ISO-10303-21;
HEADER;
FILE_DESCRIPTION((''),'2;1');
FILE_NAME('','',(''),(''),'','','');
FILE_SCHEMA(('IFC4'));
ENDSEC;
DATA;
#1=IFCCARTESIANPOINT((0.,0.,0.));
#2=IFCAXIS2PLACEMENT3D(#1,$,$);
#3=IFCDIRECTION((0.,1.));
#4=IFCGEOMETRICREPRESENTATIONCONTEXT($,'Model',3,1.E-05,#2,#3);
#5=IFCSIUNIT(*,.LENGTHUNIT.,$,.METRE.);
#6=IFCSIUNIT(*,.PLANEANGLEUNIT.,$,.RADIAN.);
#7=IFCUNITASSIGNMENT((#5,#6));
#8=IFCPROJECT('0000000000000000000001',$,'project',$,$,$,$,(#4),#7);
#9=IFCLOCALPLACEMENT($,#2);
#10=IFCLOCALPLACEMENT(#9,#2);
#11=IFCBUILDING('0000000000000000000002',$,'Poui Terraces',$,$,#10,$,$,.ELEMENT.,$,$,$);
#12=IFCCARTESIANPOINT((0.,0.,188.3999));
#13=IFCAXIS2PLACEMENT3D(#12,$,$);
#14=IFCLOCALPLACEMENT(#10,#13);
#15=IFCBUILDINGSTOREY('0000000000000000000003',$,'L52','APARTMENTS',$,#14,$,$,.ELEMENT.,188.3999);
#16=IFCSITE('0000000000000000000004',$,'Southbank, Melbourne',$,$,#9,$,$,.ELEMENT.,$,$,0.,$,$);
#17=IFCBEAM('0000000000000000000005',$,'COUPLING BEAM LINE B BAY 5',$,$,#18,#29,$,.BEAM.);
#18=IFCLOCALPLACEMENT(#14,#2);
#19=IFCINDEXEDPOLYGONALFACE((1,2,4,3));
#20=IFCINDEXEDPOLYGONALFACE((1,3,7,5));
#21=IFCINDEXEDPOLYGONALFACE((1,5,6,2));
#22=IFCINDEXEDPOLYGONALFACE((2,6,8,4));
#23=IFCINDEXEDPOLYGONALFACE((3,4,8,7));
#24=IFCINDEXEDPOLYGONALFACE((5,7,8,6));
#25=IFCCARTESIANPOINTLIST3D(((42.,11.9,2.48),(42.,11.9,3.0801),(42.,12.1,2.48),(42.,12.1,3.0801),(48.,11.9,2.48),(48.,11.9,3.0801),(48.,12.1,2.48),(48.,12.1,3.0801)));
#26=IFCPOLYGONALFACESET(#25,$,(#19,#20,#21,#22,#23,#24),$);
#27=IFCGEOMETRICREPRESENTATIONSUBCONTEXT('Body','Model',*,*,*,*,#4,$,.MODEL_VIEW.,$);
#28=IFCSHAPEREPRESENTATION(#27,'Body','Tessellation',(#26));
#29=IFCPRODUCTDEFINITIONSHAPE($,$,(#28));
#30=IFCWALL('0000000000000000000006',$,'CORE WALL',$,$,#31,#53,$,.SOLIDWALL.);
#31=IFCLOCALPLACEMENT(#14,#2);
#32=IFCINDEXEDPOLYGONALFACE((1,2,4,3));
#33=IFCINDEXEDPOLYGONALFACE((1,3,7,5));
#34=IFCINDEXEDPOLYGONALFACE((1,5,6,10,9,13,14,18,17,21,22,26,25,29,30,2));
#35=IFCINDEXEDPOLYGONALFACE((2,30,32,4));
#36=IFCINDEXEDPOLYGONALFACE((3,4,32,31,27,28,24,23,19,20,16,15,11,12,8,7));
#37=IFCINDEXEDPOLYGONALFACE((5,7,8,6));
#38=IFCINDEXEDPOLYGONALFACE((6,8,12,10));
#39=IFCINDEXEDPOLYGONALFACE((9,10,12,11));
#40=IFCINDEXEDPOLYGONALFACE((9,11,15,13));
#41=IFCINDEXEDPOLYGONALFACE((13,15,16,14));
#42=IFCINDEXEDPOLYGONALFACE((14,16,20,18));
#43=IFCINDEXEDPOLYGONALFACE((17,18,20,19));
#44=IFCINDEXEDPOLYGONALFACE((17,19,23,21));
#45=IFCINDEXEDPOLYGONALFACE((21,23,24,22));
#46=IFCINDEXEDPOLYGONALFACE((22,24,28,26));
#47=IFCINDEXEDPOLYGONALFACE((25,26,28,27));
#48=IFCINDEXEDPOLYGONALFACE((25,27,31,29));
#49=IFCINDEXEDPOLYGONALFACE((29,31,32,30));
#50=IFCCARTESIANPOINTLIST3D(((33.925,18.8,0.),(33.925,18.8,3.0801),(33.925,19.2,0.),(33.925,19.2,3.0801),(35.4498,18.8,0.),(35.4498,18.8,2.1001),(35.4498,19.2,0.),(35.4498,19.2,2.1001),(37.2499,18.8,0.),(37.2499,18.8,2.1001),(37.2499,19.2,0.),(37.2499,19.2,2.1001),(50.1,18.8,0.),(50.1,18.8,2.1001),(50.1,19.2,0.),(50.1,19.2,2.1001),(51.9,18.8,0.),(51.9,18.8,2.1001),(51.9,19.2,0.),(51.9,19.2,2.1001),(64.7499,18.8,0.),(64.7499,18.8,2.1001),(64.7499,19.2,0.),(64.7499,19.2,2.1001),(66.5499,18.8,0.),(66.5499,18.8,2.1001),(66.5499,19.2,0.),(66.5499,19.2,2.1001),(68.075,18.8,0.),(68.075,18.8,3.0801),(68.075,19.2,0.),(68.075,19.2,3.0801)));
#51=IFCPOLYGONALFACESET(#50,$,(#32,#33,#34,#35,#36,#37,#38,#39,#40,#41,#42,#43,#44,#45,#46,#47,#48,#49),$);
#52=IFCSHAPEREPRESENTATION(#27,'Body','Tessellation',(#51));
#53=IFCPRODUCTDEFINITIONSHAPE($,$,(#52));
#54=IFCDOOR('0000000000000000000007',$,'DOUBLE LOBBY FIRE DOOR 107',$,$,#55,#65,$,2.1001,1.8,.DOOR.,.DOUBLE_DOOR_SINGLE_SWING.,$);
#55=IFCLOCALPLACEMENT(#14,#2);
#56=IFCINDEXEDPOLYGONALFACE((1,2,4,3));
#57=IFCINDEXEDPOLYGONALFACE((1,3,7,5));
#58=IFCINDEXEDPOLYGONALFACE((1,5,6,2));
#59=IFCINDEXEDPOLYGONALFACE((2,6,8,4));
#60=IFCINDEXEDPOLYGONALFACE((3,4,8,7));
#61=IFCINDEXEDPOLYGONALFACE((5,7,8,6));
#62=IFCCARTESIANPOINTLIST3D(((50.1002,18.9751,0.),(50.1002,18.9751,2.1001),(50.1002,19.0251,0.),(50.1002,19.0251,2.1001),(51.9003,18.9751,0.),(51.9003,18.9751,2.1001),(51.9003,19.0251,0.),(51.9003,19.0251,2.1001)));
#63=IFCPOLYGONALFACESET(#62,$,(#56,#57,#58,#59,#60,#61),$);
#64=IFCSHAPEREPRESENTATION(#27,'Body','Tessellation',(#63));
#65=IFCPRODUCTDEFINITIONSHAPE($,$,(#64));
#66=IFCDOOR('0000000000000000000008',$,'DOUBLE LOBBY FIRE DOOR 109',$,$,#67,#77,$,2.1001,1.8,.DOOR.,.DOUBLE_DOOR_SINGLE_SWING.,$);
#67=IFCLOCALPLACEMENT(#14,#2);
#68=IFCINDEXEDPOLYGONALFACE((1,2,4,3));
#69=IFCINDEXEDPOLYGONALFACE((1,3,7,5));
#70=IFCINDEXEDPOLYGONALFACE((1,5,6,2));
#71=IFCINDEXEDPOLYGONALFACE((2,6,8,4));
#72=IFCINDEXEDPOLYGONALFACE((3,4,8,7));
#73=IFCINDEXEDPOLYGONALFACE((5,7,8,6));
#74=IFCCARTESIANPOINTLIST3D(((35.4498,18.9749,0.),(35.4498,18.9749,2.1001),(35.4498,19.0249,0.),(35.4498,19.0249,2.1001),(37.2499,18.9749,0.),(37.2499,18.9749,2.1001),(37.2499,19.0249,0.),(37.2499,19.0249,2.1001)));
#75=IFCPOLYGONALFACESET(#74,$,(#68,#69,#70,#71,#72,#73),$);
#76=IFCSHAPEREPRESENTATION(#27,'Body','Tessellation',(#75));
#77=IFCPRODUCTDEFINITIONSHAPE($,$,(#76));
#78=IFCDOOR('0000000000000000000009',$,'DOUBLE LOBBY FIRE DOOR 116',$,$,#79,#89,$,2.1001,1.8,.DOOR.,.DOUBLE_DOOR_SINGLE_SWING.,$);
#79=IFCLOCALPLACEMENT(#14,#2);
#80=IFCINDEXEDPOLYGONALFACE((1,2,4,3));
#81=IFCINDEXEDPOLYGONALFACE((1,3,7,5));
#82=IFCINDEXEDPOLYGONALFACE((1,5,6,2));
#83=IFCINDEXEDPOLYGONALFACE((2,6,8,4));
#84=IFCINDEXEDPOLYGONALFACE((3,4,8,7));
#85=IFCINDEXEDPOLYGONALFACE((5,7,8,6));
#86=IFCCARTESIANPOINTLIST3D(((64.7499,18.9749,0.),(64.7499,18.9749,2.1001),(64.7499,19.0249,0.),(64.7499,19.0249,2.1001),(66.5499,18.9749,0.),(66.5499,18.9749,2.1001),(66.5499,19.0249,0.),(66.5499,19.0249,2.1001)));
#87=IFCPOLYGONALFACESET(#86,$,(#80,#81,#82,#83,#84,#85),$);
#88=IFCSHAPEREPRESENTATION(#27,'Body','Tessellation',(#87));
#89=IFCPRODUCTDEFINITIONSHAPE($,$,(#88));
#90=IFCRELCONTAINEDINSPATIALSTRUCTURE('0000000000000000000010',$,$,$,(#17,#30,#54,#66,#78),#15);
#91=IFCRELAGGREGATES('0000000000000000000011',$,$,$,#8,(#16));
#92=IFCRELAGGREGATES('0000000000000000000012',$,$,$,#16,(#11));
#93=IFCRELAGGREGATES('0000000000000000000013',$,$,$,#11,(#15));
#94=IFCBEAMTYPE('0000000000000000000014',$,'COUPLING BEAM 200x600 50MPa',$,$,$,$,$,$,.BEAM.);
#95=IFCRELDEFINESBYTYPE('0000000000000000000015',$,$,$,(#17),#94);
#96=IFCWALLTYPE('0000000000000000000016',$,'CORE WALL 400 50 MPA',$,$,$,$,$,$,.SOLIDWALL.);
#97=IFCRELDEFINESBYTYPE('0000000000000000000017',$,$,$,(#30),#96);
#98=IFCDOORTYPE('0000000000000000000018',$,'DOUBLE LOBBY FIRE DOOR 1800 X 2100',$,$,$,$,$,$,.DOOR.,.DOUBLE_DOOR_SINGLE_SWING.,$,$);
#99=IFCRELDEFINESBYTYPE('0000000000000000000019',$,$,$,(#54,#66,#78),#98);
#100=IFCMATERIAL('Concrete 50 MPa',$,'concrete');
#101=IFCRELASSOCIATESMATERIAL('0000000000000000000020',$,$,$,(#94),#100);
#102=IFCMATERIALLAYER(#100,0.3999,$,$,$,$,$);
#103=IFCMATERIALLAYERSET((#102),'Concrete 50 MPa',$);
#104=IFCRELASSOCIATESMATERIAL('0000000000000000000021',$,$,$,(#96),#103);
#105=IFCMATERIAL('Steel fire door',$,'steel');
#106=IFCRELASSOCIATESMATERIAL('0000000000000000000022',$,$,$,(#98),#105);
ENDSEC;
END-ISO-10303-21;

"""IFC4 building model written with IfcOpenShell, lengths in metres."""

from ifc_helpers import new_model, si_unit, direction, frame, frame_2d, origin, origin_2d, place, context, subcontext, project, spatial, rectangle, extrude, source, transform, mapped, material, layer, layer_set, material_profile, profile_set, type_object, element, fill, save


model = new_model("IFC4")

# Units and contexts
model_context = context("Model", 3, precision=1e-05, world=origin(), true_north=direction((0.0, 1.0)))
body_context = subcontext(model_context, "Body", "Model", "MODEL_VIEW")
ifc_project = project(units=[si_unit("LENGTHUNIT", "METRE"), si_unit("PLANEANGLEUNIT", "RADIAN")], contexts=[model_context])

# Site, building, storey
site_placement = place(None, origin())
site = spatial("IfcSite", under=ifc_project, at=site_placement, Name="Southbank, Melbourne", CompositionType="ELEMENT", RefElevation=0.0)
building_placement = place(site_placement, origin())
building = spatial("IfcBuilding", under=site, at=building_placement, Name="Poui Terraces", CompositionType="ELEMENT")
storey_placement = place(building_placement, frame((0.0, 0.0, 188.3999)))
storey = spatial("IfcBuildingStorey", under=building, at=storey_placement, Name="L52", Description="APARTMENTS", CompositionType="ELEMENT", Elevation=188.3999)

# Beam
ifc_material_1 = material(Name="Concrete 50 MPa", Category="concrete")
ifc_material_profile = material_profile(ifc_material_1, rectangle(XDim=0.2, YDim=0.6001, at=origin_2d()), Name="RC 200x600")
ifc_profile_set = profile_set([ifc_material_profile], Name="Concrete 50 MPa")
beam_type = type_object("IfcBeamType", Name="COUPLING BEAM 200x600 50MPa", PredefinedType="BEAM", material=ifc_profile_set)
shared_shape = source(origin(), body_context, "Body", "SweptSolid", [
    extrude(rectangle(XDim=0.2, YDim=0.6001, at=origin_2d()), origin(), (0.0, 0.0, 1.0), 6.0),
])
beam_placement = place(storey_placement, frame((42.0, 12.0, 2.78), z_axis=(1.0, 0.0, 0.0), x_axis=(0.0, 1.0, 0.0)))
element("IfcBeam", 1, at=beam_placement, inside=storey, type_object=beam_type, Name="COUPLING BEAM LINE B BAY 5", PredefinedType="BEAM", context=body_context, shape_type="MappedRepresentation", body=[
    mapped(shared_shape, transform((0.0, 0.0, 0.0))),
])

# Wall, openings, doors
ifc_layer_1 = layer(ifc_material_1, 0.3999)
ifc_layer_set_1 = layer_set([ifc_layer_1], Name="Concrete 50 MPa")
wall_type_1 = type_object("IfcWallType", Name="CORE WALL 400 50 MPA", PredefinedType="SOLIDWALL", material=ifc_layer_set_1)
wall_1_placement = place(storey_placement, frame((33.925, 19.0, 0.0), z_axis=(0.0, 0.0, 1.0), x_axis=(1.0, 0.0, 0.0)))
wall_1 = element("IfcWall", 2, at=wall_1_placement, inside=storey, type_object=wall_type_1, Name="CORE WALL", PredefinedType="SOLIDWALL", context=body_context, shape_type="SweptSolid", body=[
    extrude(rectangle(XDim=34.1499, YDim=0.3999, at=frame_2d((17.075, 0.0))), origin(), (0.0, 0.0, 1.0), 3.0801),
])
opening_1_placement = place(wall_1_placement, frame((16.175, 0.0, 0.0)))
opening_1 = element("IfcOpeningElement", 3, at=opening_1_placement, cuts=wall_1, PredefinedType="OPENING", context=body_context, shape_type="SweptSolid", body=[
    extrude(rectangle(XDim=1.8, YDim=2.1001, at=frame_2d((0.8999, 1.05))), frame((0.0, 0.21, 0.0), z_axis=(0.0, -1.0, 0.0), x_axis=(1.0, 0.0, 0.0)), (0.0, 0.0, 1.0), 0.4199),
])
opening_2_placement = place(wall_1_placement, frame((1.5249, 0.0, 0.0)))
opening_2 = element("IfcOpeningElement", 4, at=opening_2_placement, cuts=wall_1, PredefinedType="OPENING", context=body_context, shape_type="SweptSolid", body=[
    extrude(rectangle(XDim=1.8, YDim=2.1001, at=frame_2d((0.8999, 1.05))), frame((0.0, 0.21, 0.0), z_axis=(0.0, -1.0, 0.0), x_axis=(1.0, 0.0, 0.0)), (0.0, 0.0, 1.0), 0.4199),
])
opening_3_placement = place(wall_1_placement, frame((30.825, 0.0, 0.0)))
opening_3 = element("IfcOpeningElement", 5, at=opening_3_placement, cuts=wall_1, PredefinedType="OPENING", context=body_context, shape_type="SweptSolid", body=[
    extrude(rectangle(XDim=1.8, YDim=2.1001, at=frame_2d((0.8999, 1.05))), frame((0.0, 0.21, 0.0), z_axis=(0.0, -1.0, 0.0), x_axis=(1.0, 0.0, 0.0)), (0.0, 0.0, 1.0), 0.4199),
])
ifc_material_2 = material(Name="Steel fire door", Category="steel")
door_type_1 = type_object("IfcDoorType", Name="DOUBLE LOBBY FIRE DOOR 1800 X 2100", OperationType="DOUBLE_DOOR_SINGLE_SWING", PredefinedType="DOOR", material=ifc_material_2)
door_1_placement = place(opening_1_placement, frame((1.8, 0.0, 0.0), z_axis=(0.0, 0.0, 1.0), x_axis=(-1.0, 0.0, 0.0)))
door_1 = element("IfcDoor", 6, at=door_1_placement, inside=storey, type_object=door_type_1, Name="DOUBLE LOBBY FIRE DOOR 107", OperationType="DOUBLE_DOOR_SINGLE_SWING", OverallHeight=2.1001, OverallWidth=1.8, PredefinedType="DOOR", context=body_context, shape_type="SweptSolid", body=[
    extrude(rectangle(XDim=1.8, YDim=2.1001, at=frame_2d((0.8999, 1.05))), frame((0.0, 0.0249, 0.0), z_axis=(0.0, -1.0, 0.0), x_axis=(1.0, 0.0, 0.0)), (0.0, 0.0, 1.0), 0.05),
])
fill(opening_1, door_1)
door_2_placement = place(opening_2_placement, origin())
door_2 = element("IfcDoor", 7, at=door_2_placement, inside=storey, type_object=door_type_1, Name="DOUBLE LOBBY FIRE DOOR 109", OperationType="DOUBLE_DOOR_SINGLE_SWING", OverallHeight=2.1001, OverallWidth=1.8, PredefinedType="DOOR", context=body_context, shape_type="SweptSolid", body=[
    extrude(rectangle(XDim=1.8, YDim=2.1001, at=frame_2d((0.8999, 1.05))), frame((0.0, 0.0249, 0.0), z_axis=(0.0, -1.0, 0.0), x_axis=(1.0, 0.0, 0.0)), (0.0, 0.0, 1.0), 0.05),
])
fill(opening_2, door_2)
door_3_placement = place(opening_3_placement, origin())
door_3 = element("IfcDoor", 8, at=door_3_placement, inside=storey, type_object=door_type_1, Name="DOUBLE LOBBY FIRE DOOR 116", OperationType="DOUBLE_DOOR_SINGLE_SWING", OverallHeight=2.1001, OverallWidth=1.8, PredefinedType="DOOR", context=body_context, shape_type="SweptSolid", body=[
    extrude(rectangle(XDim=1.8, YDim=2.1001, at=frame_2d((0.8999, 1.05))), frame((0.0, 0.0249, 0.0), z_axis=(0.0, -1.0, 0.0), x_axis=(1.0, 0.0, 0.0)), (0.0, 0.0, 1.0), 0.05),
])
fill(opening_3, door_3)

save(model, "model.ifc")
